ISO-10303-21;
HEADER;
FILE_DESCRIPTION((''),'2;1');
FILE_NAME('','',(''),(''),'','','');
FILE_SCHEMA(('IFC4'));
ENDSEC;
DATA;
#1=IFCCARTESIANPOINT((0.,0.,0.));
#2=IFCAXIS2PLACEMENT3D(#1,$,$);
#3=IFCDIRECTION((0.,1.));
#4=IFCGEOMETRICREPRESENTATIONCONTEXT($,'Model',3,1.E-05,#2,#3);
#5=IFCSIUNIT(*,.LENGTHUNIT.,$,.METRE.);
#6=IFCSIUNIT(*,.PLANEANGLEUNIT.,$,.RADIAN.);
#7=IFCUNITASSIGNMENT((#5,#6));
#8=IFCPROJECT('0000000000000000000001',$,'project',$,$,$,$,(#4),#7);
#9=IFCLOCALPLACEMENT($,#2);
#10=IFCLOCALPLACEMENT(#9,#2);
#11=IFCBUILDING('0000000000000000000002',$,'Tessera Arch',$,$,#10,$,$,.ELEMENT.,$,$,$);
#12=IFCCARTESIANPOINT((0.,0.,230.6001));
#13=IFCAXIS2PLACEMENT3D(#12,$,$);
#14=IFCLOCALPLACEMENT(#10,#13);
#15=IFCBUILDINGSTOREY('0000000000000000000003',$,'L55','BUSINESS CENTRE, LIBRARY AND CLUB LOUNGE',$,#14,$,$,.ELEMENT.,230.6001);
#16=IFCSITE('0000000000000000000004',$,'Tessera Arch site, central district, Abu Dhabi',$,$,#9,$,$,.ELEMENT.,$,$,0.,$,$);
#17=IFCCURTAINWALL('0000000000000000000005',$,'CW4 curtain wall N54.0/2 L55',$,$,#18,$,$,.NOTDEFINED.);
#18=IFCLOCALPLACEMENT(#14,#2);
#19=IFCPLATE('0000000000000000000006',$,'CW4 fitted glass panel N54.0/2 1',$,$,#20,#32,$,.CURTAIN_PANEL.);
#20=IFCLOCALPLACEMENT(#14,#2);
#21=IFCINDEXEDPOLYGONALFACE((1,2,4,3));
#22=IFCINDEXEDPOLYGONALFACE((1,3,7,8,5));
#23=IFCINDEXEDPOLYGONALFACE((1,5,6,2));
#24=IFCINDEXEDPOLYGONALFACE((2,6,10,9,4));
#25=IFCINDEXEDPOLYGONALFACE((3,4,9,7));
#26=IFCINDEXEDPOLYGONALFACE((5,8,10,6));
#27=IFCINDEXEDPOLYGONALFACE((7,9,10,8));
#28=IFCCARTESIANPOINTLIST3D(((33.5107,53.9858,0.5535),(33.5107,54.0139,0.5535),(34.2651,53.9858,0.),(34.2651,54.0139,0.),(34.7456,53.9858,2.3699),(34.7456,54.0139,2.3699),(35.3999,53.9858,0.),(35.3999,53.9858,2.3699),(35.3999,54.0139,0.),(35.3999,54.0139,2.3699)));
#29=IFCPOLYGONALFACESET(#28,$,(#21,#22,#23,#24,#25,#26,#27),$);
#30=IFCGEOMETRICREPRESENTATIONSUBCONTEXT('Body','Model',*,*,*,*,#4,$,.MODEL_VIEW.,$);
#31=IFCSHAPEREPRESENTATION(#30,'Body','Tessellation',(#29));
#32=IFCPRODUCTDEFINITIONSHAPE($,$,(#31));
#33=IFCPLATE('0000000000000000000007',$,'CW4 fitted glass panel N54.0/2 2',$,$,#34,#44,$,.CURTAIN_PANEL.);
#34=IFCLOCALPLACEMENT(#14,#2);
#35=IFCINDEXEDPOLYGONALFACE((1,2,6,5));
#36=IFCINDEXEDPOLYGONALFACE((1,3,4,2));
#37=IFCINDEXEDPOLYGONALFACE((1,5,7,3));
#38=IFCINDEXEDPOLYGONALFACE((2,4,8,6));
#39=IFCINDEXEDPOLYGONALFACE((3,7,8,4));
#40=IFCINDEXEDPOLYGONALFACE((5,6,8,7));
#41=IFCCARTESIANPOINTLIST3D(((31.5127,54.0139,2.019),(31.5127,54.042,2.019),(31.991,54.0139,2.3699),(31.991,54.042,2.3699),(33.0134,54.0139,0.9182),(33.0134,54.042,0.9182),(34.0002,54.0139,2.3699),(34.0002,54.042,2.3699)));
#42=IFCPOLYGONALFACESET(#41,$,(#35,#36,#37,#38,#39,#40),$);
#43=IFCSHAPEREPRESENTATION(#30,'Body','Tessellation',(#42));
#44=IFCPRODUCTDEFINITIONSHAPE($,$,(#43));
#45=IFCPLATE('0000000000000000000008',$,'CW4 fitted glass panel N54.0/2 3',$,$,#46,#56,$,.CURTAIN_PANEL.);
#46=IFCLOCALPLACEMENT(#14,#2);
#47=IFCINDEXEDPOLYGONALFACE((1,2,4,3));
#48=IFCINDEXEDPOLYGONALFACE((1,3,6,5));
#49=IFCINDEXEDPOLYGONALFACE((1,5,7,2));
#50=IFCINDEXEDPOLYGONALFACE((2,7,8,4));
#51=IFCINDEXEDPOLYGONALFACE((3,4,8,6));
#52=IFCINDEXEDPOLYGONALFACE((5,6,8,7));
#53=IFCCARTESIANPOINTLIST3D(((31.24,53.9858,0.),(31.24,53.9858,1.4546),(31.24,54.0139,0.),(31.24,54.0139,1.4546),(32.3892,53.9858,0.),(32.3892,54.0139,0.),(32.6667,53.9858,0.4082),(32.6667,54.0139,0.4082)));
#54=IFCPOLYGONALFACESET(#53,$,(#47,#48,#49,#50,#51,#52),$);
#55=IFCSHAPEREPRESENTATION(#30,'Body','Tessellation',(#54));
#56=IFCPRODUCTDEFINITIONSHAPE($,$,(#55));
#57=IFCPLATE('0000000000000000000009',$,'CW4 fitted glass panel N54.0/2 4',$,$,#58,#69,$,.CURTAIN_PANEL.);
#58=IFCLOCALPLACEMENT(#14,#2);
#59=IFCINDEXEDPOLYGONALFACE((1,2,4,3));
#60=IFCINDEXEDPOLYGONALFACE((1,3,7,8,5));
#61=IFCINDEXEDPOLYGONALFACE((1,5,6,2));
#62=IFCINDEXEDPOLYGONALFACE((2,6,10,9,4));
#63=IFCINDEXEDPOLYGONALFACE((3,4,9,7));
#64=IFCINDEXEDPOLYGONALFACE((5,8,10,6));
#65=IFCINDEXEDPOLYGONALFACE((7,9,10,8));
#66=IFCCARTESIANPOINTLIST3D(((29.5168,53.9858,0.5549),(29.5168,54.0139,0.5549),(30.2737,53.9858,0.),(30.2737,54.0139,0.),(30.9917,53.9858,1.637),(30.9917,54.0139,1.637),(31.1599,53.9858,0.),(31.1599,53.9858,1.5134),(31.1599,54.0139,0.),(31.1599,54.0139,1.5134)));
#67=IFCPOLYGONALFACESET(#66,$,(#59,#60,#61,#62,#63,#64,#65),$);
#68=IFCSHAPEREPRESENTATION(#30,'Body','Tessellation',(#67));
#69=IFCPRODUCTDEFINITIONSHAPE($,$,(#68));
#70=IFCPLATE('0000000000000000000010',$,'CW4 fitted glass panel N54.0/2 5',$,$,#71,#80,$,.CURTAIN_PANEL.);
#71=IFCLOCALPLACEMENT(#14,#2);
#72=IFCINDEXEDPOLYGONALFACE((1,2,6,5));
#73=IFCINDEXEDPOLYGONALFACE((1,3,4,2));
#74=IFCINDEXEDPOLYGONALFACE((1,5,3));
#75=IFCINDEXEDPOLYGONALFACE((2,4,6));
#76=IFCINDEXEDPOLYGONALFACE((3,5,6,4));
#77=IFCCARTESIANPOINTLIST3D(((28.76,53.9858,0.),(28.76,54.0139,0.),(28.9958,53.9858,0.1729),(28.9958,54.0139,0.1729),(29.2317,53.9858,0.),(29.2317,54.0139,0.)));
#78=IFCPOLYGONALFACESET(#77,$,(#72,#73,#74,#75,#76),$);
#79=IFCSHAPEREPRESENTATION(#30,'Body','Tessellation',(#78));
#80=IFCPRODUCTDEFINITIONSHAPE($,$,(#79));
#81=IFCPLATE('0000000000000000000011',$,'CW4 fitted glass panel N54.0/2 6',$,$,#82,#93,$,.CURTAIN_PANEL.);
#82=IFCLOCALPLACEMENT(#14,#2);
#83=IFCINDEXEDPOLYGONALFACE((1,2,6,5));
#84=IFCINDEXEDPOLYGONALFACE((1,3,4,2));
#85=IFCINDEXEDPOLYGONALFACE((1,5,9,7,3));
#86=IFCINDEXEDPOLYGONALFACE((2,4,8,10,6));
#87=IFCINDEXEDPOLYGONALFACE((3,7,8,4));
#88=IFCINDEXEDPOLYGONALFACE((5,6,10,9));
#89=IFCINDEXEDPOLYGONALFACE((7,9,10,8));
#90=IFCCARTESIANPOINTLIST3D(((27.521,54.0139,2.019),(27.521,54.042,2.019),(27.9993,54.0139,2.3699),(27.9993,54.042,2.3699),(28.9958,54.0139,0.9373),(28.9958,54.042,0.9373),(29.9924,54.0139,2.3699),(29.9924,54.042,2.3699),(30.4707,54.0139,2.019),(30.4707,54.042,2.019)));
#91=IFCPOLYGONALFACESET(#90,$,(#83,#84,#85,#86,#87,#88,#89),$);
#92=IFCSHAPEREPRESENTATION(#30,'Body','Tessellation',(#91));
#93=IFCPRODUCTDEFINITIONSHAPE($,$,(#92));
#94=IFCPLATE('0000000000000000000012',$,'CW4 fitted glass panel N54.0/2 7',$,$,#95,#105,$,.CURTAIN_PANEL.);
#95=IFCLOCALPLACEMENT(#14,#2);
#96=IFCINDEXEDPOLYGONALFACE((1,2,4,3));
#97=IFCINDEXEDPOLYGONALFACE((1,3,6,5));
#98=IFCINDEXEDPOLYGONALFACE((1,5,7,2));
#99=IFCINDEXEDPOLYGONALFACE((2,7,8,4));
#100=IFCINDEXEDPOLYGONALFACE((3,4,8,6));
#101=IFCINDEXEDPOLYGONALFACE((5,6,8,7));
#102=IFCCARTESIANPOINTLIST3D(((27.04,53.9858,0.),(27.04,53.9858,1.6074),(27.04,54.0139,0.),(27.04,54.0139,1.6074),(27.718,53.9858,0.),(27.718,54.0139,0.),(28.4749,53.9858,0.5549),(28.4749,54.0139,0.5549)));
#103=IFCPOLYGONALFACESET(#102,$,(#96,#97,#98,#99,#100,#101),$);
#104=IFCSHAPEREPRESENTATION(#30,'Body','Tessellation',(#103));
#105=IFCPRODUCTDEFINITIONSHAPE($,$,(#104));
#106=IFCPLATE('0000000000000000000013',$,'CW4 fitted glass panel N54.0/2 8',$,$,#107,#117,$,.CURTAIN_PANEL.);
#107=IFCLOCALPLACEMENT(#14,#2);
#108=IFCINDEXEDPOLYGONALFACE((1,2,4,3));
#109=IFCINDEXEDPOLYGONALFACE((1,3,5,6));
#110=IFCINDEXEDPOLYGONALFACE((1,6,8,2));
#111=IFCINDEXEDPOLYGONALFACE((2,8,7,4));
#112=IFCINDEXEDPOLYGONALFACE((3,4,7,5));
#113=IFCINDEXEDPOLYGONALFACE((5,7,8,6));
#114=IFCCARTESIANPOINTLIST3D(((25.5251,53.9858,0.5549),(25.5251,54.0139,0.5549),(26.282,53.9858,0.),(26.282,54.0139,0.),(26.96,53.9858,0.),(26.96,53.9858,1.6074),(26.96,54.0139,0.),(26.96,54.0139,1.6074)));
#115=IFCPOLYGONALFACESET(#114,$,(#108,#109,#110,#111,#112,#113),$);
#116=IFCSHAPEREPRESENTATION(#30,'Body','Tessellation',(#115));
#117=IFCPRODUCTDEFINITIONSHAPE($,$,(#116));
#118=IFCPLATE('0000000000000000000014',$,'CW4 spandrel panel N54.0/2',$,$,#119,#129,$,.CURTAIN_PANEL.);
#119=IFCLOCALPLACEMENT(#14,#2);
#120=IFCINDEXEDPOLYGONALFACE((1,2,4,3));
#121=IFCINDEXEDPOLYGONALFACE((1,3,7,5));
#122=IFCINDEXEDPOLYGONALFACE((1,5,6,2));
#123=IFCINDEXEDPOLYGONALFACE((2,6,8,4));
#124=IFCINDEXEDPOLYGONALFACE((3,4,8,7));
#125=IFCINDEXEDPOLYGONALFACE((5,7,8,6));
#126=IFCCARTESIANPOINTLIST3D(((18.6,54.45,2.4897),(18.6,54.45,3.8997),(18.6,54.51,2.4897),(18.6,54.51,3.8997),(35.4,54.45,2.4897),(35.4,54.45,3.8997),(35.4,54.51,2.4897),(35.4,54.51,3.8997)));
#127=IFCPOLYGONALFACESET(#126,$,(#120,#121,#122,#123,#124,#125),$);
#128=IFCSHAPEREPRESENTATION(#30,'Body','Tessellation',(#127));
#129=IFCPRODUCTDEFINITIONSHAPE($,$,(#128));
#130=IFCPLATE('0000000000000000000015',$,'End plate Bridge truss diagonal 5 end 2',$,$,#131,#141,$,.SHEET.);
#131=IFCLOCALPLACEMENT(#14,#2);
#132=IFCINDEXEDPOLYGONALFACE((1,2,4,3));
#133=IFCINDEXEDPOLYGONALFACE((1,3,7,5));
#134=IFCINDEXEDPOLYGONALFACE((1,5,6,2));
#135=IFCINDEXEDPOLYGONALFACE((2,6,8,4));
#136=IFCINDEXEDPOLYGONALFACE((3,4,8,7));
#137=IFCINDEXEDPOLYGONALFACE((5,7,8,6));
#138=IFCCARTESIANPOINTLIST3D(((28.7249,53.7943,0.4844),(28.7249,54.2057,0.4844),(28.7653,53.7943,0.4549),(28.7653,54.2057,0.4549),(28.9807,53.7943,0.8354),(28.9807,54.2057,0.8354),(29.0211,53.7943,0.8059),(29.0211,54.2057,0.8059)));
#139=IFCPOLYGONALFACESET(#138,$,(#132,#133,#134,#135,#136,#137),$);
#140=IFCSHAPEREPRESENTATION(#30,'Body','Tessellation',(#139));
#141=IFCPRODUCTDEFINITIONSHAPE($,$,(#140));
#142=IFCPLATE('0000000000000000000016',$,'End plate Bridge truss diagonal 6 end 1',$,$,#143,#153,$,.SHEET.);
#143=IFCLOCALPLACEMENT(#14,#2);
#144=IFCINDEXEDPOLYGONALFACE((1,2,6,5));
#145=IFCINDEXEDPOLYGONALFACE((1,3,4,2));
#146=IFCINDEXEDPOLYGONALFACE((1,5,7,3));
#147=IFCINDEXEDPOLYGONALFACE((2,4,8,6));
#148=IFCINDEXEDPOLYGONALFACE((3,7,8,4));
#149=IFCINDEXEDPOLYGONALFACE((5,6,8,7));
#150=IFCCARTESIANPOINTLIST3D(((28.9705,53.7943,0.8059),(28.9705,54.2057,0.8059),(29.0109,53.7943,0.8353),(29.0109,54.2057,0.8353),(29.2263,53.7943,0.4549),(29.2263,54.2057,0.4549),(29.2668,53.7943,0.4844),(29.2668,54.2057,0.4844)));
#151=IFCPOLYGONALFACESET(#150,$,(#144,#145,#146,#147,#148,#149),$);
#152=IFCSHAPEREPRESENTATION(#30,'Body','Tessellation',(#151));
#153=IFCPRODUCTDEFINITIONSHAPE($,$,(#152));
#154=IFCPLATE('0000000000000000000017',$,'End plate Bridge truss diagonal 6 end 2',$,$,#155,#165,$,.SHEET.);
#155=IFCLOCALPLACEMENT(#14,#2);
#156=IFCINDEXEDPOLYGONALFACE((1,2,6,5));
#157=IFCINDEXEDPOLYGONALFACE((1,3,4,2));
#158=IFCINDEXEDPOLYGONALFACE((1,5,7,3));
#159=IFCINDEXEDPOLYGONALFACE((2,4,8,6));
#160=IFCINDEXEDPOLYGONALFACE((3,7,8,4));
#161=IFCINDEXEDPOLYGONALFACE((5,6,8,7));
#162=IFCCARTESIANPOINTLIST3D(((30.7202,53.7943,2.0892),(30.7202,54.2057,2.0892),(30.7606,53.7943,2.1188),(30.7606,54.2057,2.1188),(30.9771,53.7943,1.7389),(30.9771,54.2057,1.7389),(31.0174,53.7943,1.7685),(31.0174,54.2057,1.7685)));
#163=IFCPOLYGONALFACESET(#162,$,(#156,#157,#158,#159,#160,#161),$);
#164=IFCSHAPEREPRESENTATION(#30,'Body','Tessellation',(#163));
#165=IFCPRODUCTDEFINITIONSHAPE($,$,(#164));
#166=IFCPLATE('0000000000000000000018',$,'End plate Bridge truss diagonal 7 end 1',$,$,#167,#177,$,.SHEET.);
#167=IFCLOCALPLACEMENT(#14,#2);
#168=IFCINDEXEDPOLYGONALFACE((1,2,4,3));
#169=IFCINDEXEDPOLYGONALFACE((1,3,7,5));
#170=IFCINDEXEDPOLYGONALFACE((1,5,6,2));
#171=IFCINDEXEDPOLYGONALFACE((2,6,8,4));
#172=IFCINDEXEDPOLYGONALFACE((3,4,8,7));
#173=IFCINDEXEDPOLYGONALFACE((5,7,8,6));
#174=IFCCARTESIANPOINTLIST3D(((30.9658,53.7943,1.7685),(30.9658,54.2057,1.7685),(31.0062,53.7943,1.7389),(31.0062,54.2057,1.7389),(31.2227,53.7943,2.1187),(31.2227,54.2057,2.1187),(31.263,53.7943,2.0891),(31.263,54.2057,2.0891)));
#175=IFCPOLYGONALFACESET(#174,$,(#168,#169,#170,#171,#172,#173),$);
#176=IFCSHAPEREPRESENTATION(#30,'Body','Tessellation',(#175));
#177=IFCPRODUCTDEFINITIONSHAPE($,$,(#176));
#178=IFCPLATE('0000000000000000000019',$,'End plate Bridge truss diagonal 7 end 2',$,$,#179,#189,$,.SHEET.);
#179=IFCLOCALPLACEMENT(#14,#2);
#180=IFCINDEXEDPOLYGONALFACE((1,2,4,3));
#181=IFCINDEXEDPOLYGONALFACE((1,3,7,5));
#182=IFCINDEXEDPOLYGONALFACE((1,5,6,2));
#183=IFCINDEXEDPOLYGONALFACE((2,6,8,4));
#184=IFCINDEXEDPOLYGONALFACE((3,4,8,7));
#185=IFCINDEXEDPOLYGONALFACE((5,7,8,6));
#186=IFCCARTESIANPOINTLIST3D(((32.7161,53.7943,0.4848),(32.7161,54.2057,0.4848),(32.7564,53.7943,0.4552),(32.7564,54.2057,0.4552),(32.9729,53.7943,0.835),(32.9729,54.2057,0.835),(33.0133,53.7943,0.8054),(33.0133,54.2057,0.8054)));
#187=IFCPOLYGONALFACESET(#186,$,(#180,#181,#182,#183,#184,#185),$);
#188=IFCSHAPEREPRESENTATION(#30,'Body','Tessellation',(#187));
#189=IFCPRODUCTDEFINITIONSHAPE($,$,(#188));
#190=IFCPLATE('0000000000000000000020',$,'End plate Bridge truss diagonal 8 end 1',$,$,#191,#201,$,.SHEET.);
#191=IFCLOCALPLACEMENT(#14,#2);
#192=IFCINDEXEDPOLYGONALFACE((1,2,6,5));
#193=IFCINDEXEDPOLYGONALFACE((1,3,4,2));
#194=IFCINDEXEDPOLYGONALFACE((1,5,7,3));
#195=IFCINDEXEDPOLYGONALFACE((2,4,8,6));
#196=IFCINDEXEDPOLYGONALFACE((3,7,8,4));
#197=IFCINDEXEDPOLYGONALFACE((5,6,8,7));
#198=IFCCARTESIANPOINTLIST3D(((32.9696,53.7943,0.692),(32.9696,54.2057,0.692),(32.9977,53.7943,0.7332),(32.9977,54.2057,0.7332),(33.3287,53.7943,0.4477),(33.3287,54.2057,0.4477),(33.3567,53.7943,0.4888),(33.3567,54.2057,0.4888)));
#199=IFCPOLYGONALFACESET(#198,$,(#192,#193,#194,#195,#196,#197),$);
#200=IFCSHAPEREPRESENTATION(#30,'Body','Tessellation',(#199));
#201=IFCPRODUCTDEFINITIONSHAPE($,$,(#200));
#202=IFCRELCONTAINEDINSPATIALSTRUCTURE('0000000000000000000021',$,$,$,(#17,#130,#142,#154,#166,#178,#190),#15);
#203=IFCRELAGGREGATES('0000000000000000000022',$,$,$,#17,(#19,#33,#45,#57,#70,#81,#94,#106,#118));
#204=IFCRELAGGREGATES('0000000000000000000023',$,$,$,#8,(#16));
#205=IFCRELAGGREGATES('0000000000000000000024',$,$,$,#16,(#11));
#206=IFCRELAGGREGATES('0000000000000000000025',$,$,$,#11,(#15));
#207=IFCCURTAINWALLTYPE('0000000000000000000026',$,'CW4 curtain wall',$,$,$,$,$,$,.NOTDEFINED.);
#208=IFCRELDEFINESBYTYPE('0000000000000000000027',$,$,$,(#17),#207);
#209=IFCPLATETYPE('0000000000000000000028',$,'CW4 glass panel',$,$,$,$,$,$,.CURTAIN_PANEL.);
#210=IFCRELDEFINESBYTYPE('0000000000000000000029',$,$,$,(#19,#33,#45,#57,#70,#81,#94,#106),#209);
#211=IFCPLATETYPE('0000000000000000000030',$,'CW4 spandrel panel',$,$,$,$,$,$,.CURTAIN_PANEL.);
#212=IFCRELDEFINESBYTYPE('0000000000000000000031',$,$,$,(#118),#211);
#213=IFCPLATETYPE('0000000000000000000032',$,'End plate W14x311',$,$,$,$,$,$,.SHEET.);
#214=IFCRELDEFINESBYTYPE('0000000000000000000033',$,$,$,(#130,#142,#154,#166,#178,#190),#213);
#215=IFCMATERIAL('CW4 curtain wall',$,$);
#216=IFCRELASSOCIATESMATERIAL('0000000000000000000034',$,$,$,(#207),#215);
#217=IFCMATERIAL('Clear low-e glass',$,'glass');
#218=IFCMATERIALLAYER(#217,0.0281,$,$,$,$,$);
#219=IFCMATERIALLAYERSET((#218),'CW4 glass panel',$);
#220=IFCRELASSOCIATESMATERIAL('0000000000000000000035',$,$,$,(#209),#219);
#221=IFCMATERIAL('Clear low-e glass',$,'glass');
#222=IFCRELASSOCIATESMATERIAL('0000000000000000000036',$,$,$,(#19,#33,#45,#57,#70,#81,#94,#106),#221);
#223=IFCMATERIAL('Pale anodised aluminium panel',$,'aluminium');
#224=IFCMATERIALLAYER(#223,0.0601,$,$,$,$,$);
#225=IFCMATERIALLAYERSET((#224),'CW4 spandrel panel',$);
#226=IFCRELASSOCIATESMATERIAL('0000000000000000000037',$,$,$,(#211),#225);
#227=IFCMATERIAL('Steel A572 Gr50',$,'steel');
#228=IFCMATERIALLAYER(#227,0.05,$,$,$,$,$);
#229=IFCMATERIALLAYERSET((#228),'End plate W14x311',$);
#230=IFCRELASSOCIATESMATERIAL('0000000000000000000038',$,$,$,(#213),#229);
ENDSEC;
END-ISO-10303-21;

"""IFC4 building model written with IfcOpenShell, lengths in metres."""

from ifc_helpers import new_model, si_unit, direction, frame, origin, origin_2d, place, context, subcontext, project, spatial, polyline, rectangle, outline, extrude, material, layer, layer_set, type_object, element, aggregate, save


model = new_model("IFC4")

# Units and contexts
model_context = context("Model", 3, precision=1e-05, world=origin(), true_north=direction((0.0, 1.0)))
body_context = subcontext(model_context, "Body", "Model", "MODEL_VIEW")
ifc_project = project(units=[si_unit("LENGTHUNIT", "METRE"), si_unit("PLANEANGLEUNIT", "RADIAN")], contexts=[model_context])

# Site, building, storey
site_placement = place(None, origin())
site = spatial("IfcSite", under=ifc_project, at=site_placement, Name="Tessera Arch site, central district, Abu Dhabi", CompositionType="ELEMENT", RefElevation=0.0)
building_placement = place(site_placement, origin())
building = spatial("IfcBuilding", under=site, at=building_placement, Name="Tessera Arch", CompositionType="ELEMENT")
storey_placement = place(building_placement, frame((0.0, 0.0, 230.6001)))
storey = spatial("IfcBuildingStorey", under=building, at=storey_placement, Name="L55", Description="BUSINESS CENTRE, LIBRARY AND CLUB LOUNGE", CompositionType="ELEMENT", Elevation=230.6001)

# Curtain wall
ifc_material_1 = material(Name="CW4 curtain wall")
curtain_wall_type = type_object("IfcCurtainWallType", Name="CW4 curtain wall", PredefinedType="NOTDEFINED", material=ifc_material_1)
curtain_wall_placement = place(storey_placement, origin())
curtain_wall = element("IfcCurtainWall", 1, at=curtain_wall_placement, inside=storey, type_object=curtain_wall_type, Name="CW4 curtain wall N54.0/2 L55", PredefinedType="NOTDEFINED")

# Plates
ifc_material_2 = material(Name="Clear low-e glass", Category="glass")
ifc_material_3 = material(Name="Clear low-e glass", Category="glass")
ifc_layer_1 = layer(ifc_material_3, 0.0281)
ifc_layer_set_1 = layer_set([ifc_layer_1], Name="CW4 glass panel")
plate_type_1 = type_object("IfcPlateType", Name="CW4 glass panel", PredefinedType="CURTAIN_PANEL", material=ifc_layer_set_1)
plate_1_placement = place(storey_placement, frame((35.3999, 54.0139, 0.0), z_axis=(0.0, 1.0, 0.0), x_axis=(-1.0, 0.0, 0.0)))
plate_1 = element("IfcPlate", 2, at=plate_1_placement, type_object=plate_type_1, material=ifc_material_2, Name="CW4 fitted glass panel N54.0/2 1", PredefinedType="CURTAIN_PANEL", context=body_context, shape_type="SweptSolid", body=[
    extrude(outline(polyline([(0.0, 0.0), (1.1348, 0.0), (1.8892, 0.5535), (0.6543, 2.3699), (0.0, 2.3699), (0.0, 0.0)])), origin(), (0.0, 0.0, -1.0), 0.0281),
])
plate_2_placement = place(storey_placement, frame((31.991, 54.042, 2.3699), z_axis=(0.0, 1.0, 0.0), x_axis=(1.0, 0.0, 0.0)))
plate_2 = element("IfcPlate", 3, at=plate_2_placement, type_object=plate_type_1, material=ifc_material_2, Name="CW4 fitted glass panel N54.0/2 2", PredefinedType="CURTAIN_PANEL", context=body_context, shape_type="SweptSolid", body=[
    extrude(outline(polyline([(0.0, 0.0), (2.0093, 0.0), (1.0225, 1.4517), (-0.4783, 0.3508), (0.0, 0.0)])), origin(), (0.0, 0.0, -1.0), 0.0281),
])
plate_3_placement = place(storey_placement, frame((31.24, 54.0139, 0.0), z_axis=(0.0, 1.0, 0.0), x_axis=(0.0, 0.0, 1.0)))
plate_3 = element("IfcPlate", 4, at=plate_3_placement, type_object=plate_type_1, material=ifc_material_2, Name="CW4 fitted glass panel N54.0/2 3", PredefinedType="CURTAIN_PANEL", context=body_context, shape_type="SweptSolid", body=[
    extrude(outline(polyline([(0.0, 0.0), (1.4546, 0.0), (0.4082, 1.4268), (0.0, 1.1492), (0.0, 0.0)])), origin(), (0.0, 0.0, -1.0), 0.0281),
])
plate_4_placement = place(storey_placement, frame((31.1599, 54.0139, 0.0), z_axis=(0.0, 1.0, 0.0), x_axis=(-1.0, 0.0, 0.0)))
plate_4 = element("IfcPlate", 5, at=plate_4_placement, type_object=plate_type_1, material=ifc_material_2, Name="CW4 fitted glass panel N54.0/2 4", PredefinedType="CURTAIN_PANEL", context=body_context, shape_type="SweptSolid", body=[
    extrude(outline(polyline([(0.0, 0.0), (0.8862, 0.0), (1.6431, 0.5549), (0.1682, 1.637), (0.0, 1.5134), (0.0, 0.0)])), origin(), (0.0, 0.0, -1.0), 0.0281),
])
plate_5_placement = place(storey_placement, frame((29.2317, 54.0139, 0.0), z_axis=(0.0, 1.0, 0.0), x_axis=(-1.0, 0.0, 0.0)))
plate_5 = element("IfcPlate", 6, at=plate_5_placement, type_object=plate_type_1, material=ifc_material_2, Name="CW4 fitted glass panel N54.0/2 5", PredefinedType="CURTAIN_PANEL", context=body_context, shape_type="SweptSolid", body=[
    extrude(outline(polyline([(0.0, 0.0), (0.4717, 0.0), (0.2358, 0.1729), (0.0, 0.0)])), origin(), (0.0, 0.0, -1.0), 0.0281),
])
plate_6_placement = place(storey_placement, frame((27.9993, 54.042, 2.3699), z_axis=(0.0, 1.0, 0.0), x_axis=(1.0, 0.0, 0.0)))
plate_6 = element("IfcPlate", 7, at=plate_6_placement, type_object=plate_type_1, material=ifc_material_2, Name="CW4 fitted glass panel N54.0/2 6", PredefinedType="CURTAIN_PANEL", context=body_context, shape_type="SweptSolid", body=[
    extrude(outline(polyline([(0.0, 0.0), (1.9932, 0.0), (2.4714, 0.3508), (0.9966, 1.4326), (-0.4783, 0.3508), (0.0, 0.0)])), origin(), (0.0, 0.0, -1.0), 0.0281),
])
plate_7_placement = place(storey_placement, frame((27.04, 54.0139, 0.0), z_axis=(0.0, 1.0, 0.0), x_axis=(0.0, 0.0, 1.0)))
plate_7 = element("IfcPlate", 8, at=plate_7_placement, type_object=plate_type_1, material=ifc_material_2, Name="CW4 fitted glass panel N54.0/2 7", PredefinedType="CURTAIN_PANEL", context=body_context, shape_type="SweptSolid", body=[
    extrude(outline(polyline([(0.0, 0.0), (1.6074, 0.0), (0.5549, 1.4348), (0.0, 0.678), (0.0, 0.0)])), origin(), (0.0, 0.0, -1.0), 0.0281),
])
plate_8_placement = place(storey_placement, frame((26.96, 54.0139, 0.0), z_axis=(0.0, 1.0, 0.0), x_axis=(-1.0, 0.0, 0.0)))
plate_8 = element("IfcPlate", 9, at=plate_8_placement, type_object=plate_type_1, material=ifc_material_2, Name="CW4 fitted glass panel N54.0/2 8", PredefinedType="CURTAIN_PANEL", context=body_context, shape_type="SweptSolid", body=[
    extrude(outline(polyline([(0.0, 0.0), (0.678, 0.0), (1.4348, 0.5549), (0.0, 1.6074), (0.0, 0.0)])), origin(), (0.0, 0.0, -1.0), 0.0281),
])
ifc_material_4 = material(Name="Pale anodised aluminium panel", Category="aluminium")
ifc_layer_2 = layer(ifc_material_4, 0.0601)
ifc_layer_set_2 = layer_set([ifc_layer_2], Name="CW4 spandrel panel")
plate_type_2 = type_object("IfcPlateType", Name="CW4 spandrel panel", PredefinedType="CURTAIN_PANEL", material=ifc_layer_set_2)
plate_9_placement = place(storey_placement, frame((27.0, 54.48, 2.4897), z_axis=(0.0, 0.0, 1.0), x_axis=(-1.0, 0.0, 0.0)))
plate_9 = element("IfcPlate", 10, at=plate_9_placement, type_object=plate_type_2, Name="CW4 spandrel panel N54.0/2", PredefinedType="CURTAIN_PANEL", context=body_context, shape_type="SweptSolid", body=[
    extrude(rectangle(XDim=16.8, YDim=0.0601, at=origin_2d()), origin(), (0.0, 0.0, 1.0), 1.4099),
])
aggregate(curtain_wall, [plate_1, plate_2, plate_3, plate_4, plate_5, plate_6, plate_7, plate_8, plate_9])

# Plates
ifc_material_5 = material(Name="Steel A572 Gr50", Category="steel")
ifc_layer_3 = layer(ifc_material_5, 0.05)
ifc_layer_set_3 = layer_set([ifc_layer_3], Name="End plate W14x311")
plate_type_3 = type_object("IfcPlateType", Name="End plate W14x311", PredefinedType="SHEET", material=ifc_layer_set_3)
for number, where, z_axis, x_axis, name in (
    (11, (28.8528, 54.0, 0.6599), (0.808104, 0.0, -0.58904), (0.0, 1.0, 0.0), "End plate Bridge truss diagonal 5 end 2"),
    (12, (29.0984, 54.0, 0.6304), (0.808104, 0.0, 0.58904), (0.0, 1.0, 0.0), "End plate Bridge truss diagonal 6 end 1"),
    (13, (30.8486, 54.0, 1.9141), (0.806405, 0.0, 0.591364), (0.0, 1.0, 0.0), "End plate Bridge truss diagonal 6 end 2"),
    (14, (31.0942, 54.0, 1.9436), (0.806405, 0.0, -0.591364), (0.0, 1.0, 0.0), "End plate Bridge truss diagonal 7 end 1"),
    (15, (32.8445, 54.0, 0.6599), (0.806405, 0.0, -0.591364), (0.0, 1.0, 0.0), "End plate Bridge truss diagonal 7 end 2"),
):
    element("IfcPlate", number, at=place(storey_placement, frame(where, z_axis=z_axis, x_axis=x_axis)), inside=storey, type_object=plate_type_3, Name=name, PredefinedType="SHEET", context=body_context, shape_type="SweptSolid", body=[
        extrude(rectangle(XDim=0.4114, YDim=0.4343, at=origin_2d()), origin(), (0.0, 0.0, 1.0), 0.05),
    ])
for number, where, z_axis, x_axis, name in (
    (16, (33.1492, 54.0, 0.5698), (0.562578, 0.0, 0.826744), (0.0, 1.0, 0.0), "End plate Bridge truss diagonal 8 end 1"),
):
    element("IfcPlate", number, at=place(storey_placement, frame(where, z_axis=z_axis, x_axis=x_axis)), inside=storey, type_object=plate_type_3, Name=name, PredefinedType="SHEET", context=body_context, shape_type="SweptSolid", body=[
        extrude(rectangle(XDim=0.4114, YDim=0.4343, at=origin_2d()), origin(), (0.0, 0.0, 1.0), 0.0498),
    ])

save(model, "model.ifc")
